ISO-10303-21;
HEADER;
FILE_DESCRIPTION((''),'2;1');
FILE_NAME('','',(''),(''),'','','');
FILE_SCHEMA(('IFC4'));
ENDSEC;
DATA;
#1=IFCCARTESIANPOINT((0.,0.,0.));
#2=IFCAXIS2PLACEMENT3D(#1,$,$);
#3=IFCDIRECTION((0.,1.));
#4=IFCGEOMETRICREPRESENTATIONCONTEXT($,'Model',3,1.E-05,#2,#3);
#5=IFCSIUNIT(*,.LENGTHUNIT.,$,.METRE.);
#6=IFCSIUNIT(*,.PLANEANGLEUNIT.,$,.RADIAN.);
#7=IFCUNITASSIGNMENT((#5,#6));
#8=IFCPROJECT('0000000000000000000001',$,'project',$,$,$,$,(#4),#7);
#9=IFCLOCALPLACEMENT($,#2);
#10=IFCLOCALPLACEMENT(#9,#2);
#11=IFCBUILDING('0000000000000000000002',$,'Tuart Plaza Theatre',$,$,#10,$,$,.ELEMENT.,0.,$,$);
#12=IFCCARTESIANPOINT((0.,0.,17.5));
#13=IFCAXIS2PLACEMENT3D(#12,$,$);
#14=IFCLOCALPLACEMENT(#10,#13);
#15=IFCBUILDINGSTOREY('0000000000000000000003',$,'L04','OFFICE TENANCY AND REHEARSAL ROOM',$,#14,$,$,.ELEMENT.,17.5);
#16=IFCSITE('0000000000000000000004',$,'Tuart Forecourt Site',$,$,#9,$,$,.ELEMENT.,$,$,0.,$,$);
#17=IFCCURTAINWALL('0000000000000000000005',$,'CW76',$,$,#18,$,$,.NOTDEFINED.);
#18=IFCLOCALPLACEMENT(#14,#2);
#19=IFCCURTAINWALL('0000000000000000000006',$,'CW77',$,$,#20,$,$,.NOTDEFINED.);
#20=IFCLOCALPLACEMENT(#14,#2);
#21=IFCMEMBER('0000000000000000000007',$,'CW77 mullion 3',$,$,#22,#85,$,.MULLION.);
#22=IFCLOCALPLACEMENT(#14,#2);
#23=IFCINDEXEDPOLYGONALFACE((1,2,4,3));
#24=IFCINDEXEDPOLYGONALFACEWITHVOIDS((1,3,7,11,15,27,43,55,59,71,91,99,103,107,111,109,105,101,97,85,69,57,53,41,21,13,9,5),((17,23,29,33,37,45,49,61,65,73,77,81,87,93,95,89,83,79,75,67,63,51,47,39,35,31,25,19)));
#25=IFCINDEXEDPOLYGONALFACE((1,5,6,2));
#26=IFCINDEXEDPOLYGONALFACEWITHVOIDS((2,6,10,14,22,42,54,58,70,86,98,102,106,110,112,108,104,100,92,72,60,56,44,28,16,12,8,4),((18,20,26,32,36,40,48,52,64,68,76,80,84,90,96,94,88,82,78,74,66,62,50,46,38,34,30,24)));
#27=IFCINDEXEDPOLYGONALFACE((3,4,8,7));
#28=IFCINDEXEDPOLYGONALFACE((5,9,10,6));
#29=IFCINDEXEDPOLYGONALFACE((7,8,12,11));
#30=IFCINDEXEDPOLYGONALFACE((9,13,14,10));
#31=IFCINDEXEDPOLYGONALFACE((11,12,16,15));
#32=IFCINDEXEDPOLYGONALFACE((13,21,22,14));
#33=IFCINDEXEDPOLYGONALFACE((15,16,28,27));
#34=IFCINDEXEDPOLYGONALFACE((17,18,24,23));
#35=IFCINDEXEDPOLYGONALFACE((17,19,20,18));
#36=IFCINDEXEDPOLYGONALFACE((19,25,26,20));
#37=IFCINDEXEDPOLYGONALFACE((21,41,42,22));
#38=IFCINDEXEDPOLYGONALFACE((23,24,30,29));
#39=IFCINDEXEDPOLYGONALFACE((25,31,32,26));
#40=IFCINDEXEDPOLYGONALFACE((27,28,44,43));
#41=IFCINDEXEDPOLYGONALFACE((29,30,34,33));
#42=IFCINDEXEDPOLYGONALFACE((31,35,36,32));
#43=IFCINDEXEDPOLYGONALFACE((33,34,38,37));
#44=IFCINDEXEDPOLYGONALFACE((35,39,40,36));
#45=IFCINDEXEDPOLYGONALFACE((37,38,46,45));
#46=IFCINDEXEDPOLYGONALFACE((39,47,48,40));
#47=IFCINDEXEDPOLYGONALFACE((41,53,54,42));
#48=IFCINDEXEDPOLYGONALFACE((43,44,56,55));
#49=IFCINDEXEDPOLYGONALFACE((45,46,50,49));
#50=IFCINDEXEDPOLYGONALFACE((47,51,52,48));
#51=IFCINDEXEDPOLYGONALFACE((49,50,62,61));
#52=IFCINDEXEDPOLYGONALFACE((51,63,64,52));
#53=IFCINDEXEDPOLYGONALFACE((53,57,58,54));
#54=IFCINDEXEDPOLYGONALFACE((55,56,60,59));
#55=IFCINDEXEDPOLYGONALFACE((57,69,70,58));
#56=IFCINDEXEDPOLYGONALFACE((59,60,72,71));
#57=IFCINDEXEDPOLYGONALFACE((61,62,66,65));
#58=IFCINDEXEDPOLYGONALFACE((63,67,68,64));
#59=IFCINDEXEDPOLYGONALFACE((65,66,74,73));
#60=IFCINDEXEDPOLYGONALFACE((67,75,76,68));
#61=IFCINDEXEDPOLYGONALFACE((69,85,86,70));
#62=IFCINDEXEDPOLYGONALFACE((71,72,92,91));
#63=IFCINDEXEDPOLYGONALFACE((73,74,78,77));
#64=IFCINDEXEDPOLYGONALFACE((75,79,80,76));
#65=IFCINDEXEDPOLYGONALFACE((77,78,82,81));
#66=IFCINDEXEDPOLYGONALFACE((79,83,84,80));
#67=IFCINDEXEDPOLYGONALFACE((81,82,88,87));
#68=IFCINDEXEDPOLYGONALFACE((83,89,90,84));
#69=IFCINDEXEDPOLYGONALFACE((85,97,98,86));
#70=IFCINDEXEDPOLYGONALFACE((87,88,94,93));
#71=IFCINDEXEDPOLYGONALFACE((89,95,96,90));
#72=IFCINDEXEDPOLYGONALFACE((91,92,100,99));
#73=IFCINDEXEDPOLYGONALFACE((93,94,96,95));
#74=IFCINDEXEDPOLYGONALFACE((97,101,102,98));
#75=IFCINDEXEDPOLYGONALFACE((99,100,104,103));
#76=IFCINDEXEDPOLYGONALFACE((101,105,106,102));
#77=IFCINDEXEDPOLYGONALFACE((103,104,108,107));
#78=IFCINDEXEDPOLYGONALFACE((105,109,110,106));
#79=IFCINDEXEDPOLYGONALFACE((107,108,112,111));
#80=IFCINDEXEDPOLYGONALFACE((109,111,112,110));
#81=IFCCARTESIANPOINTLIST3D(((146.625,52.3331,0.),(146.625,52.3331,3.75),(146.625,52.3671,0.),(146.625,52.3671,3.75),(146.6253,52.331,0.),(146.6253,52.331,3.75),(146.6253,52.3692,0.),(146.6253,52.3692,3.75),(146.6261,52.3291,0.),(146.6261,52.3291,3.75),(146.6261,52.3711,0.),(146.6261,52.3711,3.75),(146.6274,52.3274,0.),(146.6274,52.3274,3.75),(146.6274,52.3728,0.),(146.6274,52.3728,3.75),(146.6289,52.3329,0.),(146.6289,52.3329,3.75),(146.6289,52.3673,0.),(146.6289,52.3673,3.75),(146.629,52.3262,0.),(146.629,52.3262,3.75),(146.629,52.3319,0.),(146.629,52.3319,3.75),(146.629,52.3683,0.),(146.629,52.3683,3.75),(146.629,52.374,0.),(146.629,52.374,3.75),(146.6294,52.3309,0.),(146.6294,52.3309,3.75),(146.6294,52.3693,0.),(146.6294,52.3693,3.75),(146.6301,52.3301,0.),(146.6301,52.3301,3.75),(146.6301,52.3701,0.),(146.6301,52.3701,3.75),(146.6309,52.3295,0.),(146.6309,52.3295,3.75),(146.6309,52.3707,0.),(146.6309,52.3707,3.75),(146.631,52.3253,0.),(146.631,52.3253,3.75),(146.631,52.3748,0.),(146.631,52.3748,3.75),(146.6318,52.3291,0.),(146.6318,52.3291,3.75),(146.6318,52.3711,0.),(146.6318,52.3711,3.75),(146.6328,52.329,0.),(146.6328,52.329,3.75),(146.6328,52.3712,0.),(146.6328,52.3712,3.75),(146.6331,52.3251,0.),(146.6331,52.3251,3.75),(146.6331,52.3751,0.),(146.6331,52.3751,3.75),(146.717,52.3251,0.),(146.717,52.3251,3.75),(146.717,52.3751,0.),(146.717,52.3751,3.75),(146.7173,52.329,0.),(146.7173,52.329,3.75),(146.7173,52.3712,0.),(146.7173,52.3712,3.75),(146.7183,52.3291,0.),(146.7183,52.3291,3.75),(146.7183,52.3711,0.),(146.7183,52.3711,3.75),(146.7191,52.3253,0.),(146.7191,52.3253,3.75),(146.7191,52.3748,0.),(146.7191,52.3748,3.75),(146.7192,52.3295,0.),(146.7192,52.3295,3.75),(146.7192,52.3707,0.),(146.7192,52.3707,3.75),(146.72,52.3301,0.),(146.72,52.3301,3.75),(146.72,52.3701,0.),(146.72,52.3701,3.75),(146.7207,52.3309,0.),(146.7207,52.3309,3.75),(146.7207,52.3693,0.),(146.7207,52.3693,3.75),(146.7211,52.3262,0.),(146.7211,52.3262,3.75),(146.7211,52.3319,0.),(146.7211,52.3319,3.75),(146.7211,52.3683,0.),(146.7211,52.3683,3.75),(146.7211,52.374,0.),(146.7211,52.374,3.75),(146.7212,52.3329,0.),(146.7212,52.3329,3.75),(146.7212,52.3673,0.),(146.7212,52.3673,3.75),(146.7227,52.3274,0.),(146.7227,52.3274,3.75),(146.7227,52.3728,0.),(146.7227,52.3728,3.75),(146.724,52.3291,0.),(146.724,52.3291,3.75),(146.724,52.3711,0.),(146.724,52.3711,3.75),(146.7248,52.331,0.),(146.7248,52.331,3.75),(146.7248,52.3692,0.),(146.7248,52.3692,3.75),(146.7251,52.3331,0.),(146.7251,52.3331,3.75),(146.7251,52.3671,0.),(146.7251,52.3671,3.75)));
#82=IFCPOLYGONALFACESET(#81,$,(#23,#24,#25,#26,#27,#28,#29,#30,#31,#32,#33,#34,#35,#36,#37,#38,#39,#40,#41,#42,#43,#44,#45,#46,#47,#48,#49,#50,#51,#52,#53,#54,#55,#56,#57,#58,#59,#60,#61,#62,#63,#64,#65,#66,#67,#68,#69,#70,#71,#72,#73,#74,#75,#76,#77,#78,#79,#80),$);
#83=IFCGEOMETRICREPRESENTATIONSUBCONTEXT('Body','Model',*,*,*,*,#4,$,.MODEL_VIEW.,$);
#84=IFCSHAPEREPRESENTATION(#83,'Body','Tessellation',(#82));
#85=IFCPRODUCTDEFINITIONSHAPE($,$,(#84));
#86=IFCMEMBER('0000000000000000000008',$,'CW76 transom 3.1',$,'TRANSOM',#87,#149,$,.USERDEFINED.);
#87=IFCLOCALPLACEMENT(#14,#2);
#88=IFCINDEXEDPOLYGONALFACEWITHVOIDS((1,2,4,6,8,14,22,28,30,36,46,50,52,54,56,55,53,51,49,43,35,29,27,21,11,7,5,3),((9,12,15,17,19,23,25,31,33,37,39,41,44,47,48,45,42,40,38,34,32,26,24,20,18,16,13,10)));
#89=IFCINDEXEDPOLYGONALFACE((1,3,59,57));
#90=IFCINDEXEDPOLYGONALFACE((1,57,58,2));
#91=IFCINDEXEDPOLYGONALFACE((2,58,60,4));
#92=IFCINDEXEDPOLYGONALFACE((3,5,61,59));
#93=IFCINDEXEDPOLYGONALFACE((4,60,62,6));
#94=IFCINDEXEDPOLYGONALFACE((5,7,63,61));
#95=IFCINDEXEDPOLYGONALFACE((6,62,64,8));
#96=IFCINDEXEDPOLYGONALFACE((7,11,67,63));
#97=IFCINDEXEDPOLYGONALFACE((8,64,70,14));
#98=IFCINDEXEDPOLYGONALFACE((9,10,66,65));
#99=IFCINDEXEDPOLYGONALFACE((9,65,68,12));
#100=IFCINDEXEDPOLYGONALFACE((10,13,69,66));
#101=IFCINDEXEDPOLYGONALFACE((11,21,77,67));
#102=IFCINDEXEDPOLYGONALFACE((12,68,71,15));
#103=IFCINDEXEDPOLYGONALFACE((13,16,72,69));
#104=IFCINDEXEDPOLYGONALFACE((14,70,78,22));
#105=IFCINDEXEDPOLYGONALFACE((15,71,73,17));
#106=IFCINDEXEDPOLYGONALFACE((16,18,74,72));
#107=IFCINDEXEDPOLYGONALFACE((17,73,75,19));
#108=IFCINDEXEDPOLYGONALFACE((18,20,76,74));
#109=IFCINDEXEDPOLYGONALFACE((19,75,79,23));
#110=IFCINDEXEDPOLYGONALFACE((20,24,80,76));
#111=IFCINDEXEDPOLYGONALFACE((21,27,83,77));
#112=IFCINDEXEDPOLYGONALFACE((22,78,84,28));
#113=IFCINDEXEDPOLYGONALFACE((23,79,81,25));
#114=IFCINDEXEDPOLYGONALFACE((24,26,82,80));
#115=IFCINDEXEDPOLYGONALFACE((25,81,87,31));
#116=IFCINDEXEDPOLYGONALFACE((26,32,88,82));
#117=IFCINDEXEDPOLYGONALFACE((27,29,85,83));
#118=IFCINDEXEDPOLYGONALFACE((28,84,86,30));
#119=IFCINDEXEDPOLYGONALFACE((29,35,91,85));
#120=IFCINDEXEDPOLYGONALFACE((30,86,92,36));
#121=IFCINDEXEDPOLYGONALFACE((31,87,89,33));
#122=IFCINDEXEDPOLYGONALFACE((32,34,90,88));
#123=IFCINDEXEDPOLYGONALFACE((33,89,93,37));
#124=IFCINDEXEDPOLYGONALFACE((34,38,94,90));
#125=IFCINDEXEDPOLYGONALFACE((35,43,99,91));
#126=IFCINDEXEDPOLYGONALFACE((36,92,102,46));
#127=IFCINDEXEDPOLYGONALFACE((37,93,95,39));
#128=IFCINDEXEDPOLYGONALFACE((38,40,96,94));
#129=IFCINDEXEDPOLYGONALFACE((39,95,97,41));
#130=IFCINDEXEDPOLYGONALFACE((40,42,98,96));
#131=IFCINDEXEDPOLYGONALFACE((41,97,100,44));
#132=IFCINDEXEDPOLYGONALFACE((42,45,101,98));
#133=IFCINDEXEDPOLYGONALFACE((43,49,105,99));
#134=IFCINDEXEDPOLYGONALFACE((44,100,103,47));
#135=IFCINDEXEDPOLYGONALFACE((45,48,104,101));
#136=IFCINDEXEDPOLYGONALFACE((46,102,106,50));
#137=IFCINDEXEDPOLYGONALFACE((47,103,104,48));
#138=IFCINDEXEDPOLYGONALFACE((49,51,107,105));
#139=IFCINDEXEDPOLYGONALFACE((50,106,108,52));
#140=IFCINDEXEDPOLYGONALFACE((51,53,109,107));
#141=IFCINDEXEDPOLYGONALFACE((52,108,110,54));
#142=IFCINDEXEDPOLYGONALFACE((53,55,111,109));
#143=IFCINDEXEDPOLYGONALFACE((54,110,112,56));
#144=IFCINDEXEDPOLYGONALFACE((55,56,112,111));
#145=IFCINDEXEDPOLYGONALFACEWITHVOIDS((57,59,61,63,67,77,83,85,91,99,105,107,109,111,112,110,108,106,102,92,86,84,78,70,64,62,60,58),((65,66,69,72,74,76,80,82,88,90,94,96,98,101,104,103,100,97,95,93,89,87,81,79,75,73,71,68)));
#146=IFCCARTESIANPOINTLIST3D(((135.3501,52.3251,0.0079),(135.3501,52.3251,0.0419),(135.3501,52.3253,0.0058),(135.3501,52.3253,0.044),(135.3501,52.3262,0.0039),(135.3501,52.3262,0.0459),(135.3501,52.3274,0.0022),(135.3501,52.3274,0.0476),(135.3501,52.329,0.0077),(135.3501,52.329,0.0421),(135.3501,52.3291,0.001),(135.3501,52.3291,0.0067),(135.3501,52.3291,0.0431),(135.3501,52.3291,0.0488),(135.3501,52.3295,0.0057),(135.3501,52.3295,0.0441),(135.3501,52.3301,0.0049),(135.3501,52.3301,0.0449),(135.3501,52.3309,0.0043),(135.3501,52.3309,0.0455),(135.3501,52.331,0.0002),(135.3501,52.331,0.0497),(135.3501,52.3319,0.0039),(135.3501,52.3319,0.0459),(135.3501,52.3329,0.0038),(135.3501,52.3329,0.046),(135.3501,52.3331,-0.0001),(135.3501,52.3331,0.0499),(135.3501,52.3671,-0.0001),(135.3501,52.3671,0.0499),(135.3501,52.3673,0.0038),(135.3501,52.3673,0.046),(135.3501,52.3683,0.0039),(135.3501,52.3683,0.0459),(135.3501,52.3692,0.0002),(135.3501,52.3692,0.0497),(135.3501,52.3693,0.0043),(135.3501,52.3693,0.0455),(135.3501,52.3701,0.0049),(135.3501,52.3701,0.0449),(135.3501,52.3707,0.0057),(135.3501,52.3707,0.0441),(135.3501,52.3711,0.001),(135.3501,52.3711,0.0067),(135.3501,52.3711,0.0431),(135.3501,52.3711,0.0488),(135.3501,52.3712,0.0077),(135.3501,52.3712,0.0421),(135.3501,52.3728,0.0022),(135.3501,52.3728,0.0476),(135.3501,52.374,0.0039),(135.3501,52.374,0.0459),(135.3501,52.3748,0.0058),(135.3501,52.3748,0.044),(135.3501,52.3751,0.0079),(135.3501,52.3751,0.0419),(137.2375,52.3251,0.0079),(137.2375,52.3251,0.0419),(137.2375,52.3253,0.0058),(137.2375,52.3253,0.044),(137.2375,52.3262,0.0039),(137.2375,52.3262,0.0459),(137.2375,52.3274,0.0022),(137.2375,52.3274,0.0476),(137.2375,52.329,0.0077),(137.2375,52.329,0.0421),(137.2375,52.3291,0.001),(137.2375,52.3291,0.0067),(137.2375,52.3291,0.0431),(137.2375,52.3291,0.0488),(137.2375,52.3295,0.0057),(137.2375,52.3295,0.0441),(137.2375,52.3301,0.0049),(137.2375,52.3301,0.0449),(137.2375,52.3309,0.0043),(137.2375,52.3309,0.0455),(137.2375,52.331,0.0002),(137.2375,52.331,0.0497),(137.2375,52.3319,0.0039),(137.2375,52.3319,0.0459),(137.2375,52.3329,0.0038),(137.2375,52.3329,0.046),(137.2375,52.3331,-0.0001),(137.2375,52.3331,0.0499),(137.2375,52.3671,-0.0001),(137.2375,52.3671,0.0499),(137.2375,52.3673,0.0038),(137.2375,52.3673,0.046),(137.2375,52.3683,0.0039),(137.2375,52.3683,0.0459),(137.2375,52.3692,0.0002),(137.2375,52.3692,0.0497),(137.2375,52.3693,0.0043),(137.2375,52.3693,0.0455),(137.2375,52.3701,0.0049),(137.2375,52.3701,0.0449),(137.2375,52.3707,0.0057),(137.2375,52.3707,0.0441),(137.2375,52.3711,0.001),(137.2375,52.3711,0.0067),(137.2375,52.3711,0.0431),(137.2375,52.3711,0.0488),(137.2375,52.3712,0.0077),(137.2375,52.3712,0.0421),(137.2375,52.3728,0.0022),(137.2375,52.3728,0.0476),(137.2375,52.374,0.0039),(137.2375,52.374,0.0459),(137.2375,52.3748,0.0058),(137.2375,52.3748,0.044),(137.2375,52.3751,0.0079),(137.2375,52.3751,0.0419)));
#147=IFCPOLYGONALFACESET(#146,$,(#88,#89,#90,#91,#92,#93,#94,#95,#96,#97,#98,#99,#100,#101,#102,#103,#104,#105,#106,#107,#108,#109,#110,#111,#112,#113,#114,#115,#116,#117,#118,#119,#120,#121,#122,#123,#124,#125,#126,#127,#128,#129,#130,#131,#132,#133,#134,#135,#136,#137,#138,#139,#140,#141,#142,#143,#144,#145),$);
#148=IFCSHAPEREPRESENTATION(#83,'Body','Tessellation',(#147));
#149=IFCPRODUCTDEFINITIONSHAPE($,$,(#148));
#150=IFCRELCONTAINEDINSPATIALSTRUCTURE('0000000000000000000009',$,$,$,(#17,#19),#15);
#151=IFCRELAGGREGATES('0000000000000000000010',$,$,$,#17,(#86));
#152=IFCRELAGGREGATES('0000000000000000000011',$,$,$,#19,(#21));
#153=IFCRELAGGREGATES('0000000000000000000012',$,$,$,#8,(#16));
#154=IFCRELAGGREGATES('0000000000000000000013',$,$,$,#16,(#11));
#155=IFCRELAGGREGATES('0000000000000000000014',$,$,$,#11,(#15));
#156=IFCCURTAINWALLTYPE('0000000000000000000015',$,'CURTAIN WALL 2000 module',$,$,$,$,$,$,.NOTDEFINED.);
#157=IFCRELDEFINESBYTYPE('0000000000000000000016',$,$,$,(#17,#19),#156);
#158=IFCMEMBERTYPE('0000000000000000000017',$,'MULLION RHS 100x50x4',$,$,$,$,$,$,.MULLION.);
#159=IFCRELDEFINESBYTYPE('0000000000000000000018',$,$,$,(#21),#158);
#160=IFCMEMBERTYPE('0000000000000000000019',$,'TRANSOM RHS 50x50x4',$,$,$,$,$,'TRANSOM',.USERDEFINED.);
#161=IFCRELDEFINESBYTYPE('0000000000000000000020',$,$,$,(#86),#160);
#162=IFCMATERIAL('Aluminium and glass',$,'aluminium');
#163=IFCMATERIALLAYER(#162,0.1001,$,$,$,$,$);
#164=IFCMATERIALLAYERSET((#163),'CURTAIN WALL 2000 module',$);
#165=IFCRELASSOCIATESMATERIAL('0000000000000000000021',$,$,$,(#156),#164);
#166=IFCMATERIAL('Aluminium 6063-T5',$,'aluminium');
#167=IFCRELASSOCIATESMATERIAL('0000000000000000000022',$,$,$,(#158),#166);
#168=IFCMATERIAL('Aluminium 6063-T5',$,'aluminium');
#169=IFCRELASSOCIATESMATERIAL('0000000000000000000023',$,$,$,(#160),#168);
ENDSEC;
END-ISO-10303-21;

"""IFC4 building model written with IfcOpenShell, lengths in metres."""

from ifc_helpers import new_model, si_unit, direction, frame, origin, origin_2d, place, context, subcontext, project, spatial, hollow_rectangle, extrude, material, layer, layer_set, material_profile, profile_set, type_object, element, aggregate, save


model = new_model("IFC4")

# Units and contexts
model_context = context("Model", 3, precision=1e-05, world=origin(), true_north=direction((0.0, 1.0)))
body_context = subcontext(model_context, "Body", "Model", "MODEL_VIEW")
ifc_project = project(units=[si_unit("LENGTHUNIT", "METRE"), si_unit("PLANEANGLEUNIT", "RADIAN")], contexts=[model_context])

# Site, building, storey
site_placement = place(None, origin())
site = spatial("IfcSite", under=ifc_project, at=site_placement, Name="Tuart Forecourt Site", CompositionType="ELEMENT", RefElevation=0.0)
building_placement = place(site_placement, origin())
building = spatial("IfcBuilding", under=site, at=building_placement, Name="Tuart Plaza Theatre", CompositionType="ELEMENT", ElevationOfRefHeight=0.0)
storey_placement = place(building_placement, frame((0.0, 0.0, 17.5)))
storey = spatial("IfcBuildingStorey", under=building, at=storey_placement, Name="L04", Description="OFFICE TENANCY AND REHEARSAL ROOM", CompositionType="ELEMENT", Elevation=17.5)

# Curtain walls, member
ifc_material_1 = material(Name="Aluminium and glass", Category="aluminium")
ifc_layer_1 = layer(ifc_material_1, 0.1001)
ifc_layer_set_1 = layer_set([ifc_layer_1], Name="CURTAIN WALL 2000 module")
curtain_wall_type = type_object("IfcCurtainWallType", Name="CURTAIN WALL 2000 module", PredefinedType="NOTDEFINED", material=ifc_layer_set_1)
curtain_wall_1_placement = place(storey_placement, origin())
curtain_wall_1 = element("IfcCurtainWall", 1, at=curtain_wall_1_placement, inside=storey, type_object=curtain_wall_type, Name="CW76", PredefinedType="NOTDEFINED")
ifc_material_2 = material(Name="Aluminium 6063-T5", Category="aluminium")
ifc_material_profile_1 = material_profile(ifc_material_2, hollow_rectangle(XDim=0.05, YDim=0.1001, WallThickness=0.0039, InnerFilletRadius=0.0039, OuterFilletRadius=0.0081, at=origin_2d()), Name="RHS 100x50x4")
ifc_profile_set_1 = profile_set([ifc_material_profile_1], Name="Aluminium 6063-T5")
member_type_1 = type_object("IfcMemberType", Name="MULLION RHS 100x50x4", PredefinedType="MULLION", material=ifc_profile_set_1)
curtain_wall_2_placement = place(storey_placement, origin())
curtain_wall_2 = element("IfcCurtainWall", 2, at=curtain_wall_2_placement, inside=storey, type_object=curtain_wall_type, Name="CW77", PredefinedType="NOTDEFINED")
member_1_placement = place(storey_placement, frame((146.675, 52.3501, 0.0), z_axis=(0.0, 0.0, 1.0), x_axis=(0.0, 1.0, 0.0)))
member_1 = element("IfcMember", 3, at=member_1_placement, type_object=member_type_1, Name="CW77 mullion 3", PredefinedType="MULLION", context=body_context, shape_type="SweptSolid", body=[
    extrude(hollow_rectangle(XDim=0.05, YDim=0.1001, WallThickness=0.0039, InnerFilletRadius=0.0039, OuterFilletRadius=0.0081, at=origin_2d()), origin(), (0.0, 0.0, 1.0), 3.75),
])

# Member
ifc_material_3 = material(Name="Aluminium 6063-T5", Category="aluminium")
ifc_material_profile_2 = material_profile(ifc_material_3, hollow_rectangle(XDim=0.05, YDim=0.05, WallThickness=0.0039, InnerFilletRadius=0.0039, OuterFilletRadius=0.0081, at=origin_2d()), Name="RHS 50x50x4")
ifc_profile_set_2 = profile_set([ifc_material_profile_2], Name="Aluminium 6063-T5")
member_type_2 = type_object("IfcMemberType", Name="TRANSOM RHS 50x50x4", ElementType="TRANSOM", PredefinedType="USERDEFINED", material=ifc_profile_set_2)
member_2_placement = place(storey_placement, frame((135.3501, 52.3501, 0.0249), z_axis=(1.0, 0.0, 0.0), x_axis=(0.0, 1.0, 0.0)))
member_2 = element("IfcMember", 4, at=member_2_placement, type_object=member_type_2, Name="CW76 transom 3.1", ObjectType="TRANSOM", PredefinedType="USERDEFINED", context=body_context, shape_type="SweptSolid", body=[
    extrude(hollow_rectangle(XDim=0.05, YDim=0.05, WallThickness=0.0039, InnerFilletRadius=0.0039, OuterFilletRadius=0.0081, at=origin_2d()), origin(), (0.0, 0.0, 1.0), 1.8875),
])

aggregate(curtain_wall_1, [member_2])
aggregate(curtain_wall_2, [member_1])

save(model, "model.ifc")
